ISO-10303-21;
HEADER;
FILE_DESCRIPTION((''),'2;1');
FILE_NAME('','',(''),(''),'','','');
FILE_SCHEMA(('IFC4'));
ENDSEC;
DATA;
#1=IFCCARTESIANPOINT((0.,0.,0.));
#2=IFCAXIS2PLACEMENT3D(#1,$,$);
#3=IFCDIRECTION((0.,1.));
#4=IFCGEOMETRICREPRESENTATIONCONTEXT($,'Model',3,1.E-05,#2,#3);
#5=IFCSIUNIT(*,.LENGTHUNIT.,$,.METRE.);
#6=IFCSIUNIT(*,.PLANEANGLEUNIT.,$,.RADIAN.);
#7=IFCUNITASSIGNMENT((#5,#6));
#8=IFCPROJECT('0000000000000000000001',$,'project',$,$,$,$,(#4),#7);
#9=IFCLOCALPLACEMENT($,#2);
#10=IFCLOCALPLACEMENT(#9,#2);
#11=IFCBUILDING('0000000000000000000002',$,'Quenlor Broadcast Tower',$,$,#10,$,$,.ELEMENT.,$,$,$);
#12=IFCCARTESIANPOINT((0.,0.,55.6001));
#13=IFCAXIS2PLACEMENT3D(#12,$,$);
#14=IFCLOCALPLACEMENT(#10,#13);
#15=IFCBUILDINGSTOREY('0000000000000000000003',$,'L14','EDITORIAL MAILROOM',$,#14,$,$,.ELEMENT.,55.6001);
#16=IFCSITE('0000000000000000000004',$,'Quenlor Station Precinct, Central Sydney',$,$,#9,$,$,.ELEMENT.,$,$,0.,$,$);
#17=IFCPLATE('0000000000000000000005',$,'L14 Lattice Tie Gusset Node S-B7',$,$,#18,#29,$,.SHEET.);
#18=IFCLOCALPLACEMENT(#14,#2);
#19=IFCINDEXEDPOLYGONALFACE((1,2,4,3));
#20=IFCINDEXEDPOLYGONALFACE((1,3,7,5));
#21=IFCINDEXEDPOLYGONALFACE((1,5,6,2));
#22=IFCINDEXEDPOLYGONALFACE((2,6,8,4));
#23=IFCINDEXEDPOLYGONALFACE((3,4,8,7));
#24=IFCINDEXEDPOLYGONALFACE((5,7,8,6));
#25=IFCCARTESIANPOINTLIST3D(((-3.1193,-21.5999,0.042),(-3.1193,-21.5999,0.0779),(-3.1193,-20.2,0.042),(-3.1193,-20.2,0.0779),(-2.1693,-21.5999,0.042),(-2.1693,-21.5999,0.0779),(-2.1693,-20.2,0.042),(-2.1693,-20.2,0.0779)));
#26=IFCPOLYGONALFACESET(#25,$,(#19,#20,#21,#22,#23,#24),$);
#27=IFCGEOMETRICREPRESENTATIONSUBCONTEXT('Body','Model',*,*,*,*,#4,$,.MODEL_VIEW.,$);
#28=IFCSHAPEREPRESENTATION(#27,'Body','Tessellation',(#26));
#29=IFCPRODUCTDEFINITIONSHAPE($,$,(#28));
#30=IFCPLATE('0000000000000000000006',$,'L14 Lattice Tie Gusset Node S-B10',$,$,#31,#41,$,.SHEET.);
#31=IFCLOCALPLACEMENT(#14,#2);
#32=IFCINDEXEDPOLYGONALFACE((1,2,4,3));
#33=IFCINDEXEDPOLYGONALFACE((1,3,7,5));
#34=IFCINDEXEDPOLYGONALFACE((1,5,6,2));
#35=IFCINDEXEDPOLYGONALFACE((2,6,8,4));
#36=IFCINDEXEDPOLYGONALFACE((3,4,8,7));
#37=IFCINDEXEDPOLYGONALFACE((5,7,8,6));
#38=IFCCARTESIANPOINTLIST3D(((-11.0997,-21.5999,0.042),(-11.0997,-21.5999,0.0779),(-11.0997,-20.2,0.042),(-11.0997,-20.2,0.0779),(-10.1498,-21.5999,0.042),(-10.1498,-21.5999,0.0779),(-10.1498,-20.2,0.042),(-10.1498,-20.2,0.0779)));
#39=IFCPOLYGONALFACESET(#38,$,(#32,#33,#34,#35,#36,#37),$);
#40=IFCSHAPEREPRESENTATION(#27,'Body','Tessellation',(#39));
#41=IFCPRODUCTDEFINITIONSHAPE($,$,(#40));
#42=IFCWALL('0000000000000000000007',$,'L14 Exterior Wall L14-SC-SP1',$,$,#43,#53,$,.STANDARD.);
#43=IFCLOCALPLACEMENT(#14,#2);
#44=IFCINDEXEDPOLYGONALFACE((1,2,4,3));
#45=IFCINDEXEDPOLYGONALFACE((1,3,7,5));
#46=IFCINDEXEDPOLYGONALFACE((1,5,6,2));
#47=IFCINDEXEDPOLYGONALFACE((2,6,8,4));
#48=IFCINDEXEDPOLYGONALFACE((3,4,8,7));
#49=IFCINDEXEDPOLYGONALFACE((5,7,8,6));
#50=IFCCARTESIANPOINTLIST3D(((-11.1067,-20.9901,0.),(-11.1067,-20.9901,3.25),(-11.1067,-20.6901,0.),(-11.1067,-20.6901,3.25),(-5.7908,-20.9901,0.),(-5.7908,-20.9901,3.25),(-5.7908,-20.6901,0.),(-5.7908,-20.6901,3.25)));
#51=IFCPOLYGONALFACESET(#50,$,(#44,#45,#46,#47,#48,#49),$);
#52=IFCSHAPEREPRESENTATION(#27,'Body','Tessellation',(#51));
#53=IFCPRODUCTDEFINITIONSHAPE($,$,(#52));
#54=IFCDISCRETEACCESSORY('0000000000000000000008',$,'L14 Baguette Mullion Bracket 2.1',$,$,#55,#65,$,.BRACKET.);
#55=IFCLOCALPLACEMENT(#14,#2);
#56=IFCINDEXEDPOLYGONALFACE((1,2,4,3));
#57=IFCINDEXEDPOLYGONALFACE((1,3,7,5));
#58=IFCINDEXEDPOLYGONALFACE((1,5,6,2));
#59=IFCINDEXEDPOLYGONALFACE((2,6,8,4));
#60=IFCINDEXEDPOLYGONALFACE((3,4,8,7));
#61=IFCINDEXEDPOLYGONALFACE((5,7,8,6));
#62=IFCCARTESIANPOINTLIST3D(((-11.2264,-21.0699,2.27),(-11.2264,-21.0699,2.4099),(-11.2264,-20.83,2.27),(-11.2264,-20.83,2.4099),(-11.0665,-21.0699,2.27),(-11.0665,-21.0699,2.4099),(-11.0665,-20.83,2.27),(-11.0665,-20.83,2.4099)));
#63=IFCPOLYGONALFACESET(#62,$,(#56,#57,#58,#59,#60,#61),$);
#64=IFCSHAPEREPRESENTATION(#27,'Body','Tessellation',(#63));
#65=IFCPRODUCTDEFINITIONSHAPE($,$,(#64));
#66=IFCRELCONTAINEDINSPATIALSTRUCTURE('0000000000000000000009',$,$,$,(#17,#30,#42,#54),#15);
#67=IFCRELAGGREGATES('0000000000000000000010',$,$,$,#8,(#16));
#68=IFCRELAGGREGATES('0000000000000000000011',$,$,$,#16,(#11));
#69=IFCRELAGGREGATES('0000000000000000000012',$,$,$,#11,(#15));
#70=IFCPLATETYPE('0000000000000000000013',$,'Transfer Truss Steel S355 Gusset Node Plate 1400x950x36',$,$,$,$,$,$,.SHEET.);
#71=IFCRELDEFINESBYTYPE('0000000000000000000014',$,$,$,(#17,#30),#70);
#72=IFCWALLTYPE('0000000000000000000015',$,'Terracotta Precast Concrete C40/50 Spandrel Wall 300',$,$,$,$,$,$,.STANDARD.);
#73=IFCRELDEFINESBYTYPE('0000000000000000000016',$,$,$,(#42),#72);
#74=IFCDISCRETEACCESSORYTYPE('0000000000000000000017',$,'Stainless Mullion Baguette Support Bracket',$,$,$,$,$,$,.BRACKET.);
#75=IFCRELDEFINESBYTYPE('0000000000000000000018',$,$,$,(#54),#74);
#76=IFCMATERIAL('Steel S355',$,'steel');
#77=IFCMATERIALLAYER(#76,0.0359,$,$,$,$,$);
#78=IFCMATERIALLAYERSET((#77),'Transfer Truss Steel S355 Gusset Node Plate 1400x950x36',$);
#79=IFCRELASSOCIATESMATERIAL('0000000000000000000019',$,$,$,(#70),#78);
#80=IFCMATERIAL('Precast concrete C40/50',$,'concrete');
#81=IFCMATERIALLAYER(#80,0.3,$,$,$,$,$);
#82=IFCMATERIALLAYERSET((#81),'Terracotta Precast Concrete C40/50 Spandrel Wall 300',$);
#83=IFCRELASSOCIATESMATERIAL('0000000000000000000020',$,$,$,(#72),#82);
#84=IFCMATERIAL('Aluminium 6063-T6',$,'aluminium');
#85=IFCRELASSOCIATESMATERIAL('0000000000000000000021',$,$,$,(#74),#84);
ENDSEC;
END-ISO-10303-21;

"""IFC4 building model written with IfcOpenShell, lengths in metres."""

from ifc_helpers import new_model, si_unit, direction, frame, frame_2d, origin, origin_2d, place, context, subcontext, project, spatial, rectangle, extrude, material, layer, layer_set, type_object, element, save


model = new_model("IFC4")

# Units and contexts
model_context = context("Model", 3, precision=1e-05, world=origin(), true_north=direction((0.0, 1.0)))
body_context = subcontext(model_context, "Body", "Model", "MODEL_VIEW")
ifc_project = project(units=[si_unit("LENGTHUNIT", "METRE"), si_unit("PLANEANGLEUNIT", "RADIAN")], contexts=[model_context])

# Site, building, storey
site_placement = place(None, origin())
site = spatial("IfcSite", under=ifc_project, at=site_placement, Name="Quenlor Station Precinct, Central Sydney", CompositionType="ELEMENT", RefElevation=0.0)
building_placement = place(site_placement, origin())
building = spatial("IfcBuilding", under=site, at=building_placement, Name="Quenlor Broadcast Tower", CompositionType="ELEMENT")
storey_placement = place(building_placement, frame((0.0, 0.0, 55.6001)))
storey = spatial("IfcBuildingStorey", under=building, at=storey_placement, Name="L14", Description="EDITORIAL MAILROOM", CompositionType="ELEMENT", Elevation=55.6001)

# Plates
ifc_material_1 = material(Name="Steel S355", Category="steel")
ifc_layer_1 = layer(ifc_material_1, 0.0359)
ifc_layer_set_1 = layer_set([ifc_layer_1], Name="Transfer Truss Steel S355 Gusset Node Plate 1400x950x36")
plate_type_1 = type_object("IfcPlateType", Name="Transfer Truss Steel S355 Gusset Node Plate 1400x950x36", PredefinedType="SHEET", material=ifc_layer_set_1)
for number, where, z_axis, x_axis, name in (
    (1, (-2.6443, -20.8999, 0.042), (0.0, 0.0, 1.0), (0.0, -1.0, 0.0), "L14 Lattice Tie Gusset Node S-B7"),
    (2, (-10.6248, -20.8999, 0.042), (0.0, 0.0, 1.0), (0.0, -1.0, 0.0), "L14 Lattice Tie Gusset Node S-B10"),
):
    element("IfcPlate", number, at=place(storey_placement, frame(where, z_axis=z_axis, x_axis=x_axis)), inside=storey, type_object=plate_type_1, Name=name, PredefinedType="SHEET", context=body_context, shape_type="SweptSolid", body=[
        extrude(rectangle(XDim=1.3999, YDim=0.95, at=origin_2d()), origin(), (0.0, 0.0, 1.0), 0.0359),
    ])

# Wall
ifc_material_2 = material(Name="Precast concrete C40/50", Category="concrete")
ifc_layer_2 = layer(ifc_material_2, 0.3)
ifc_layer_set_2 = layer_set([ifc_layer_2], Name="Terracotta Precast Concrete C40/50 Spandrel Wall 300")
wall_type = type_object("IfcWallType", Name="Terracotta Precast Concrete C40/50 Spandrel Wall 300", PredefinedType="STANDARD", material=ifc_layer_set_2)
wall_placement = place(storey_placement, frame((-5.7908, -20.8401, 0.0), z_axis=(0.0, 0.0, 1.0), x_axis=(-1.0, 0.0, 0.0)))
element("IfcWall", 3, at=wall_placement, inside=storey, type_object=wall_type, Name="L14 Exterior Wall L14-SC-SP1", PredefinedType="STANDARD", context=body_context, shape_type="SweptSolid", body=[
    extrude(rectangle(XDim=5.3159, YDim=0.3, at=frame_2d((2.658, 0.0))), origin(), (0.0, 0.0, 1.0), 3.25),
])

# Discrete accessory
ifc_material_3 = material(Name="Aluminium 6063-T6", Category="aluminium")
discrete_accessory_type = type_object("IfcDiscreteAccessoryType", Name="Stainless Mullion Baguette Support Bracket", PredefinedType="BRACKET", material=ifc_material_3)
discrete_accessory_placement = place(storey_placement, frame((-11.1465, -20.95, 2.27), z_axis=(0.0, 0.0, 1.0), x_axis=(-1.0, 0.0, 0.0)))
element("IfcDiscreteAccessory", 4, at=discrete_accessory_placement, inside=storey, type_object=discrete_accessory_type, Name="L14 Baguette Mullion Bracket 2.1", PredefinedType="BRACKET", context=body_context, shape_type="SweptSolid", body=[
    extrude(rectangle(XDim=0.1599, YDim=0.24, at=origin_2d()), origin(), (0.0, 0.0, 1.0), 0.1399),
])

save(model, "model.ifc")
